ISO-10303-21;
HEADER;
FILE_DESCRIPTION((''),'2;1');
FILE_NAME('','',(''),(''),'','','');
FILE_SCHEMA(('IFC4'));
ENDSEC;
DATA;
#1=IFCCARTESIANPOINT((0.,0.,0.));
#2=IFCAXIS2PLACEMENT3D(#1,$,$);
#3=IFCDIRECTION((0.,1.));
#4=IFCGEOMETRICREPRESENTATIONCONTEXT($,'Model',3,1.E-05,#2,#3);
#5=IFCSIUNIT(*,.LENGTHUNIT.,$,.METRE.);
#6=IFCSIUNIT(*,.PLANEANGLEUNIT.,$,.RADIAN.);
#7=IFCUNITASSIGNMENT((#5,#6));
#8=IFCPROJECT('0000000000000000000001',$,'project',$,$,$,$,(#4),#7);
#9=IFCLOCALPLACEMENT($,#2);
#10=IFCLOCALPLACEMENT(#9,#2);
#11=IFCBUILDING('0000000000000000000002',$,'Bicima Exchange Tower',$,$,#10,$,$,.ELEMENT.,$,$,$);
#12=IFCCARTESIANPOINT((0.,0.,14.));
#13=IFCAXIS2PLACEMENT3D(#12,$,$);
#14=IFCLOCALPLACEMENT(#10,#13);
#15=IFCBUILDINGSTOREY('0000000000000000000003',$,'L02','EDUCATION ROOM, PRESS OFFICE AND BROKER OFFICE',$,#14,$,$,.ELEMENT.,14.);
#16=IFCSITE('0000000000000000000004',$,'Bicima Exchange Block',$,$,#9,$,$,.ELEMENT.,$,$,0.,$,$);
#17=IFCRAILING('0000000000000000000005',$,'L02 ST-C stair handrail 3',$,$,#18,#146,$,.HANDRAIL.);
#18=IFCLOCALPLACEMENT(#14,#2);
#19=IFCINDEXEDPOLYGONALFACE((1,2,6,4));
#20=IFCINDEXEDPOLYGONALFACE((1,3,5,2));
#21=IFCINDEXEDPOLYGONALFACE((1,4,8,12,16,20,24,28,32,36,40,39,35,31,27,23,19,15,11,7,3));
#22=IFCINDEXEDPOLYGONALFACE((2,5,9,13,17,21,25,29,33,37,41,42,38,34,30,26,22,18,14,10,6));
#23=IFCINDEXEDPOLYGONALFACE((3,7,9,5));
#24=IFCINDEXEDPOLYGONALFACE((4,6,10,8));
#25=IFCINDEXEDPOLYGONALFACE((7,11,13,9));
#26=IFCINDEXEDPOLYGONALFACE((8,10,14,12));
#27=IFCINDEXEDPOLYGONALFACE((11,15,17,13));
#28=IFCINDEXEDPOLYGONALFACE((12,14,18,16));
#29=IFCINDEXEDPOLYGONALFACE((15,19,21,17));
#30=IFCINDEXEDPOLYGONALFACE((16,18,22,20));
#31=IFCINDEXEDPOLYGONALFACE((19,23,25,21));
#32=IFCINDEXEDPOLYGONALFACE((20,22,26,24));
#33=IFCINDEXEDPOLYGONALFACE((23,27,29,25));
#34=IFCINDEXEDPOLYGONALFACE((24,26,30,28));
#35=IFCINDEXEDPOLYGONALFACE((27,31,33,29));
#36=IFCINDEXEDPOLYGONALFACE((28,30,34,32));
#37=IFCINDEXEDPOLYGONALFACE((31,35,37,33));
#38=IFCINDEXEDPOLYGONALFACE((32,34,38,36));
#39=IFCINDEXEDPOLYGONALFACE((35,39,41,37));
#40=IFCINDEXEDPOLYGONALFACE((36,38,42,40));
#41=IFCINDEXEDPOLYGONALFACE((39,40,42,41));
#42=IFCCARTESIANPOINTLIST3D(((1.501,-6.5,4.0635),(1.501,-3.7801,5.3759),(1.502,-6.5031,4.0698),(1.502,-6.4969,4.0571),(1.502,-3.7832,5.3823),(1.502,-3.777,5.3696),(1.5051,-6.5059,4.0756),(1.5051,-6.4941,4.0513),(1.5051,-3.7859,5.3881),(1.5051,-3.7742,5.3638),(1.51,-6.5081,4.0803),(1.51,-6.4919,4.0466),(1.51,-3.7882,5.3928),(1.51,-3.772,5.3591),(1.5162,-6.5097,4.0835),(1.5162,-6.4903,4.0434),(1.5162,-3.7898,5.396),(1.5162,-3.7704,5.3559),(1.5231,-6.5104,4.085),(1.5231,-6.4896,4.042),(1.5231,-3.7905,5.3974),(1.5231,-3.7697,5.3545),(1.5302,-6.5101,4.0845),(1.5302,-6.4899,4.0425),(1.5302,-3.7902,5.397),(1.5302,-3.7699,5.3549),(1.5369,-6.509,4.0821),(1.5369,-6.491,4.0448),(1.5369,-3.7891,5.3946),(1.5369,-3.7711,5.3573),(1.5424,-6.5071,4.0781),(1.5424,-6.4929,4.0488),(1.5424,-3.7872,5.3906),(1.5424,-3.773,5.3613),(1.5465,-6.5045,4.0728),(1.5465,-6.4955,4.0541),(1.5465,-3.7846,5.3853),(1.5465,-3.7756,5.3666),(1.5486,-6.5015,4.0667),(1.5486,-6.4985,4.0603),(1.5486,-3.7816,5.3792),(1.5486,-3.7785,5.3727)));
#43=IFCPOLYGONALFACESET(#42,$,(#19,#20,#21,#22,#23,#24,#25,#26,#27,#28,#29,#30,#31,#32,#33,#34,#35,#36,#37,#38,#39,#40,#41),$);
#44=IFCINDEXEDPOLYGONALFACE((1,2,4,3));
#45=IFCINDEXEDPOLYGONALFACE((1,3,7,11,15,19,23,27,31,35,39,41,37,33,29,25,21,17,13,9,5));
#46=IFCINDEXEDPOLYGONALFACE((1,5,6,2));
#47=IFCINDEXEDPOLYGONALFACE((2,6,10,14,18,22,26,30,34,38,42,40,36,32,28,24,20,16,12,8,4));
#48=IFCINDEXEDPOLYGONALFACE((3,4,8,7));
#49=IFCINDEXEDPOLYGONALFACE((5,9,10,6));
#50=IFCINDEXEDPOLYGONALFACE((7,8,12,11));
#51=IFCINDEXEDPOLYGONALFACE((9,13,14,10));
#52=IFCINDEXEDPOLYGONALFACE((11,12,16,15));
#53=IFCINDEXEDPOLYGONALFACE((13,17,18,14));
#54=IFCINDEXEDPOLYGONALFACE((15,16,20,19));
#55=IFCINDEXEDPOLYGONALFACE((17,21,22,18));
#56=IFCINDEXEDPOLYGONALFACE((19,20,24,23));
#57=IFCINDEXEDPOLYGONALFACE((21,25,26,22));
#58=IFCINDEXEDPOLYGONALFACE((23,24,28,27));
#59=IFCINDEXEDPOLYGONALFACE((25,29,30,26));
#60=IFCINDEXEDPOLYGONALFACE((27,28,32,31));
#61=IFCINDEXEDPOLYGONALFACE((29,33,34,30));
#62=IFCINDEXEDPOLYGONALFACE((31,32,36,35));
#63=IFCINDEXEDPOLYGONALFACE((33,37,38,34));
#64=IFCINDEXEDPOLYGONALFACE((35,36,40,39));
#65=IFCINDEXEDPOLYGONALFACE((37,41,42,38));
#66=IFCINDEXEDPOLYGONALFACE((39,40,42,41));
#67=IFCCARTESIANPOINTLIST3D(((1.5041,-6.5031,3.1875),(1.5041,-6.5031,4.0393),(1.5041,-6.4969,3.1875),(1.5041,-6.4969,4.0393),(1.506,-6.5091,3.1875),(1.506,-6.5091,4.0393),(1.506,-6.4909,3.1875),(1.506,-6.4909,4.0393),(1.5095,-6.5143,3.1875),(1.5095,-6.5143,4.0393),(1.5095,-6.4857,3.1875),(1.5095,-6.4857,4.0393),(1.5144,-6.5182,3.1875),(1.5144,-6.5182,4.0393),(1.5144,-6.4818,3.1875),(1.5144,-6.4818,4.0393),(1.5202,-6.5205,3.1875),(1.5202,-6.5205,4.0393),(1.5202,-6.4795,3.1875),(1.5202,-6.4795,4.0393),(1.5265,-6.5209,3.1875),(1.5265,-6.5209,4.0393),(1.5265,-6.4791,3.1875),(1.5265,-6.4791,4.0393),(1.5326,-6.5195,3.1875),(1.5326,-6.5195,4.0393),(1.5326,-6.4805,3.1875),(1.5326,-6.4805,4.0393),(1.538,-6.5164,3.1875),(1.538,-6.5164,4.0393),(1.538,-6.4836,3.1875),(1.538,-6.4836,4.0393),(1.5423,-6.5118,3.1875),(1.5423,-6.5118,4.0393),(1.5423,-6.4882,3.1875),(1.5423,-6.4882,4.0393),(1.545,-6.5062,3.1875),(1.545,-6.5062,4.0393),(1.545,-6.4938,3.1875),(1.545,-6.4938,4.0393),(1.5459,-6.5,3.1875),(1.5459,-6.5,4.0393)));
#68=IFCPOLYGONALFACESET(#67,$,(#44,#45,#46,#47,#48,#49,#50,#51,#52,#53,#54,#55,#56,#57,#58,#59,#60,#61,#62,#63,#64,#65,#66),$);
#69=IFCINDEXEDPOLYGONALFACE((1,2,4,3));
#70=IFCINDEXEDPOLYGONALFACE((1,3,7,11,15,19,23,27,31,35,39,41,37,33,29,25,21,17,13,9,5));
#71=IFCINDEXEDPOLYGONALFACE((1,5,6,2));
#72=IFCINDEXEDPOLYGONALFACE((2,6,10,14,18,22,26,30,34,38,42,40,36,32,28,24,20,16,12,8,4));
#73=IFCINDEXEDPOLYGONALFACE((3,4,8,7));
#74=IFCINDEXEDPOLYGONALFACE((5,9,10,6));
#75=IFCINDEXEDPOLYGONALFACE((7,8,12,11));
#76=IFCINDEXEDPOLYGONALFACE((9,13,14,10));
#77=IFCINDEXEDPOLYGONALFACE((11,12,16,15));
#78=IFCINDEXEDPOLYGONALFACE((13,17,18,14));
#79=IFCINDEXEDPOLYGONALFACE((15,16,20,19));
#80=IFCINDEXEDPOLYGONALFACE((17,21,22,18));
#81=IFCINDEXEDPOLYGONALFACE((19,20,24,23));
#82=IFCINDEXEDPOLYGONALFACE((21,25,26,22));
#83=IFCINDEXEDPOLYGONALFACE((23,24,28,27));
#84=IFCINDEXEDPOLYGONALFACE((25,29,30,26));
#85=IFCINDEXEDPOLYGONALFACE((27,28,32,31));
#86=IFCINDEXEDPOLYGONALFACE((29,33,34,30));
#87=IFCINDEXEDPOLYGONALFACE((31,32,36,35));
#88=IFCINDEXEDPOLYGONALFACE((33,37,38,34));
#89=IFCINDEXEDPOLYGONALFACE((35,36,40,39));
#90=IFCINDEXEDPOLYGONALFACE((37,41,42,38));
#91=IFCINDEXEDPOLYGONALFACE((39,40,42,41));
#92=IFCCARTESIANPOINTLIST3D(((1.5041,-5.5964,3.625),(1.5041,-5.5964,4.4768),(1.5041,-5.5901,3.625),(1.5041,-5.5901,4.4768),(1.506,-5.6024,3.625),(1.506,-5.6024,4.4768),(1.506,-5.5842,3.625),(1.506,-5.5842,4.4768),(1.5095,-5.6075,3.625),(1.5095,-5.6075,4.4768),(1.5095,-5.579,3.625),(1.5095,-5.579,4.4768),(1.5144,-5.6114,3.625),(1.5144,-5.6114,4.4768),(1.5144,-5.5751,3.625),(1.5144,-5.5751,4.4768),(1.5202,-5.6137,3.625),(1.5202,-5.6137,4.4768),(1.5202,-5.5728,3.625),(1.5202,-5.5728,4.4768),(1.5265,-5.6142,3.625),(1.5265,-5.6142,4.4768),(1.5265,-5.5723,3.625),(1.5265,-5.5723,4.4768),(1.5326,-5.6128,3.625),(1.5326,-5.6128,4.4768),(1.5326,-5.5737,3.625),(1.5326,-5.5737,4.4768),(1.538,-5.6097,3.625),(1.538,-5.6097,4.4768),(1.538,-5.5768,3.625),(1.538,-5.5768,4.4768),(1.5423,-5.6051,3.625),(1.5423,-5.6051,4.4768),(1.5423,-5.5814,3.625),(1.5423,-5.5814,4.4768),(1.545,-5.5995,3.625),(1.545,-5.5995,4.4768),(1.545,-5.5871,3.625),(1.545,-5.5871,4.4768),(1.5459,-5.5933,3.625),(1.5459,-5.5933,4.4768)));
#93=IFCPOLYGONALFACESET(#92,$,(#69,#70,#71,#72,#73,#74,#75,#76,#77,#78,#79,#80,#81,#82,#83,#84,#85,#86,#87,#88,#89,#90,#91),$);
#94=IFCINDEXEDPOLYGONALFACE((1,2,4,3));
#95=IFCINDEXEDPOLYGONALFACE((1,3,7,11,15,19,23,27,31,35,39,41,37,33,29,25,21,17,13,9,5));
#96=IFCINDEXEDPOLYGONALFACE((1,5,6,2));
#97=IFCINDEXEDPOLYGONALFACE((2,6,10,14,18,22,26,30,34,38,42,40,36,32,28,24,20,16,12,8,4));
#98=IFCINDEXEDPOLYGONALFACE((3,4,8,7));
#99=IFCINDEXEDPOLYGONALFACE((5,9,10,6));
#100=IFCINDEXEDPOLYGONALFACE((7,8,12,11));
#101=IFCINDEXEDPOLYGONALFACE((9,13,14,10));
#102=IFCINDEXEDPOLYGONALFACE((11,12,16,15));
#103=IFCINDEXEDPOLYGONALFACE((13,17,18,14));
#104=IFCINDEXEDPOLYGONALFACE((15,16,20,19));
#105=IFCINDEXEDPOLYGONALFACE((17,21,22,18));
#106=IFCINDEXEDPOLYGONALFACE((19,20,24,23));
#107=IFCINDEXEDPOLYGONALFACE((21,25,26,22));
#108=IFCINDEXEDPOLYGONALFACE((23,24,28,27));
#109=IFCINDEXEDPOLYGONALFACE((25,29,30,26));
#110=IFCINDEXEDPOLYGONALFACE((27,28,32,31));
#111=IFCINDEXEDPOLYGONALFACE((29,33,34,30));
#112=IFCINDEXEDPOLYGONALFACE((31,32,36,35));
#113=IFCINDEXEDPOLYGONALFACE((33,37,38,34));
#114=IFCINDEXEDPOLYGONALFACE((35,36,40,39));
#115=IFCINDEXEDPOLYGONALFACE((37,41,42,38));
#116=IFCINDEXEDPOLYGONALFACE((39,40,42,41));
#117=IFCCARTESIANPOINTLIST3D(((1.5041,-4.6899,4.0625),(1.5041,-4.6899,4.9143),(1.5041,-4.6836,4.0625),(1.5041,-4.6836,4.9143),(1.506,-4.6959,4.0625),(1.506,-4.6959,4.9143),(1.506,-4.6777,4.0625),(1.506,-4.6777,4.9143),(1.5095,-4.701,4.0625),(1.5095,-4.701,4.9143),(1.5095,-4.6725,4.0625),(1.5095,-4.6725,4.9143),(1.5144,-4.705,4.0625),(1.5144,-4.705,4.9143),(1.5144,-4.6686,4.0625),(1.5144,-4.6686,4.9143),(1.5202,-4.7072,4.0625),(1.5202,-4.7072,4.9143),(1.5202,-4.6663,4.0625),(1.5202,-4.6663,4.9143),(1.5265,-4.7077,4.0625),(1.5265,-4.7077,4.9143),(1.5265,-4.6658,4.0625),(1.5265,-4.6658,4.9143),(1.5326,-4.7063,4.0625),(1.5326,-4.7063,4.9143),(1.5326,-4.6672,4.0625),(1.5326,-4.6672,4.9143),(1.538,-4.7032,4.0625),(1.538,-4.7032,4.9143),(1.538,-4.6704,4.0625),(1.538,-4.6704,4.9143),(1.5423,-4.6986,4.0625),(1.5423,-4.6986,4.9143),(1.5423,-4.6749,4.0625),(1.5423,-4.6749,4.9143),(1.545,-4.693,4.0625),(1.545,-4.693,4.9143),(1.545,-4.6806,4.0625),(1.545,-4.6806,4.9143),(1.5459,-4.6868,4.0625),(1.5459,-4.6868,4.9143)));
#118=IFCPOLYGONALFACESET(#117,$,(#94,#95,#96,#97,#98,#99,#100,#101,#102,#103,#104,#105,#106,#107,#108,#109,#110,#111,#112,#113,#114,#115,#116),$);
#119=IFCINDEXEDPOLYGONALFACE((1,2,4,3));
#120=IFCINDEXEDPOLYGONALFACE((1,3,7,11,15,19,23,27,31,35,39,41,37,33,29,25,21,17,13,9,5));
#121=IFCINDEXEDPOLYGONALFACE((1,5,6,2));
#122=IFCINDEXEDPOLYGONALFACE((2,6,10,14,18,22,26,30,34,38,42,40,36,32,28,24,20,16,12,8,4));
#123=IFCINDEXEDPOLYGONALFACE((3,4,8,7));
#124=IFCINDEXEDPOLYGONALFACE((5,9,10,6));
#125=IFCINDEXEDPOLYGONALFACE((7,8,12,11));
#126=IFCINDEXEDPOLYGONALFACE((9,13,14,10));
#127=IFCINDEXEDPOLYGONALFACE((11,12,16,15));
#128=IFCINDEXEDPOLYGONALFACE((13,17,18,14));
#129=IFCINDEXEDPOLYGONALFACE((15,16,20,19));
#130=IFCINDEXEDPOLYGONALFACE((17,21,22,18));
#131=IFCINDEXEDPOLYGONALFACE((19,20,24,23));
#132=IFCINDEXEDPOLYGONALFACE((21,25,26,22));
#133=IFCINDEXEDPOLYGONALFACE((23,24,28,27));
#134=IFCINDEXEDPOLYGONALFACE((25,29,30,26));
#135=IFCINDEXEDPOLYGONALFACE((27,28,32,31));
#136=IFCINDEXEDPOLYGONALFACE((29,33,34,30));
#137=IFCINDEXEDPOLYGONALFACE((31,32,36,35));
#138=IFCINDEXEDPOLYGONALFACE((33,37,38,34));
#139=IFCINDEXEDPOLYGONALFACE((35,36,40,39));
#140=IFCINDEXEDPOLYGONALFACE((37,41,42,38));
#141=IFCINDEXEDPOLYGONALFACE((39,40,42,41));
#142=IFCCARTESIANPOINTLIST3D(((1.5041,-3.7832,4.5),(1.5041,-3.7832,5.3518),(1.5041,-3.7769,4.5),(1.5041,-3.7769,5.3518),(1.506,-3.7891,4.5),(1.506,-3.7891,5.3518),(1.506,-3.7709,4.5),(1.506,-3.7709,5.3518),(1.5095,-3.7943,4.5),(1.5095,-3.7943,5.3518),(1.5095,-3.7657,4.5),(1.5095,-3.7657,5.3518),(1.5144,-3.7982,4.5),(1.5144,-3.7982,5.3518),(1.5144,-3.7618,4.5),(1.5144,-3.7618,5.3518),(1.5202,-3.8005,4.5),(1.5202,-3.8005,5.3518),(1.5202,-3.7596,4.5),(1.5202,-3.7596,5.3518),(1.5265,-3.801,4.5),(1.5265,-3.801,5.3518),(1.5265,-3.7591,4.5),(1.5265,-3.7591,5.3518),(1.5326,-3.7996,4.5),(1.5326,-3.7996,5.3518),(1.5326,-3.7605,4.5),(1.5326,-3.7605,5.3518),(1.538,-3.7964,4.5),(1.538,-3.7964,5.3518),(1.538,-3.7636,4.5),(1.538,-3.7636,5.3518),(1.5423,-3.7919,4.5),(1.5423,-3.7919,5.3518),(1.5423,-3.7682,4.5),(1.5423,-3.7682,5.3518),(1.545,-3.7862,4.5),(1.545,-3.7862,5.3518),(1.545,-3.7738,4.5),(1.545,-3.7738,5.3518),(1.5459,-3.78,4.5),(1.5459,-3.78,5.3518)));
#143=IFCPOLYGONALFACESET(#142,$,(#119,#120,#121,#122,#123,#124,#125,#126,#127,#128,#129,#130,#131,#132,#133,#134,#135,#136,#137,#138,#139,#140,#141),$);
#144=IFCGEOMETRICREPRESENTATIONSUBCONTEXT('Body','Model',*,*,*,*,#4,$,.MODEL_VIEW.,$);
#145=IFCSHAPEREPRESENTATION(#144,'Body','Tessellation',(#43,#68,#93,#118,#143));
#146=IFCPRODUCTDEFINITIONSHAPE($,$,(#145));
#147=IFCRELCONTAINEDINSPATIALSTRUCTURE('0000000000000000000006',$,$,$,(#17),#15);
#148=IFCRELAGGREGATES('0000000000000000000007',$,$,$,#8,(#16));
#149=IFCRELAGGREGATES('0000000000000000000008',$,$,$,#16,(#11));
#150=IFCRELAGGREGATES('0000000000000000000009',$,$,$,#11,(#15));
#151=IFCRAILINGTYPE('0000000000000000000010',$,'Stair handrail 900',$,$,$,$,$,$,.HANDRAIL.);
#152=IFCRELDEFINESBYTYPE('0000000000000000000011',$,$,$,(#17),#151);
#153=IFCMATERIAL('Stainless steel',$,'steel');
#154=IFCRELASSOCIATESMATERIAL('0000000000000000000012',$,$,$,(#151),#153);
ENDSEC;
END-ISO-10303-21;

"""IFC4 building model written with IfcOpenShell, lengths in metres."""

from ifc_helpers import new_model, si_unit, direction, frame, origin, origin_2d, place, context, subcontext, project, spatial, circle, extrude, material, type_object, element, save


model = new_model("IFC4")

# Units and contexts
model_context = context("Model", 3, precision=1e-05, world=origin(), true_north=direction((0.0, 1.0)))
body_context = subcontext(model_context, "Body", "Model", "MODEL_VIEW")
ifc_project = project(units=[si_unit("LENGTHUNIT", "METRE"), si_unit("PLANEANGLEUNIT", "RADIAN")], contexts=[model_context])

# Site, building, storey
site_placement = place(None, origin())
site = spatial("IfcSite", under=ifc_project, at=site_placement, Name="Bicima Exchange Block", CompositionType="ELEMENT", RefElevation=0.0)
building_placement = place(site_placement, origin())
building = spatial("IfcBuilding", under=site, at=building_placement, Name="Bicima Exchange Tower", CompositionType="ELEMENT")
storey_placement = place(building_placement, frame((0.0, 0.0, 14.0)))
storey = spatial("IfcBuildingStorey", under=building, at=storey_placement, Name="L02", Description="EDUCATION ROOM, PRESS OFFICE AND BROKER OFFICE", CompositionType="ELEMENT", Elevation=14.0)

# Shared definitions
ifc_material_1 = material(Name="Stainless steel", Category="steel")

# Railing
railing_type_1 = type_object("IfcRailingType", Name="Stair handrail 900", PredefinedType="HANDRAIL", material=ifc_material_1)
for number, where, name in (
    (1, (1.5249, -6.5, 3.1875), "L02 ST-C stair handrail 3"),
):
    element("IfcRailing", number, at=place(storey_placement, frame(where)), inside=storey, type_object=railing_type_1, Name=name, PredefinedType="HANDRAIL", context=body_context, shape_type="SweptSolid", body=[
        extrude(circle(Radius=0.0239, at=origin_2d()), frame((0.0, 0.0, 0.876), z_axis=(0.0, 0.900628, 0.434591), x_axis=(-1.0, 0.0, 0.0)), (0.0, 0.0, 1.0), 3.02),
        extrude(circle(Radius=0.021, at=origin_2d()), origin(), (0.0, 0.0, 1.0), 0.8518),
        extrude(circle(Radius=0.021, at=origin_2d()), frame((0.0, 0.9067, 0.4375)), (0.0, 0.0, 1.0), 0.8518),
        extrude(circle(Radius=0.021, at=origin_2d()), frame((0.0, 1.8132, 0.875)), (0.0, 0.0, 1.0), 0.8518),
        extrude(circle(Radius=0.021, at=origin_2d()), frame((0.0, 2.72, 1.3125)), (0.0, 0.0, 1.0), 0.8518),
    ])

save(model, "model.ifc")
